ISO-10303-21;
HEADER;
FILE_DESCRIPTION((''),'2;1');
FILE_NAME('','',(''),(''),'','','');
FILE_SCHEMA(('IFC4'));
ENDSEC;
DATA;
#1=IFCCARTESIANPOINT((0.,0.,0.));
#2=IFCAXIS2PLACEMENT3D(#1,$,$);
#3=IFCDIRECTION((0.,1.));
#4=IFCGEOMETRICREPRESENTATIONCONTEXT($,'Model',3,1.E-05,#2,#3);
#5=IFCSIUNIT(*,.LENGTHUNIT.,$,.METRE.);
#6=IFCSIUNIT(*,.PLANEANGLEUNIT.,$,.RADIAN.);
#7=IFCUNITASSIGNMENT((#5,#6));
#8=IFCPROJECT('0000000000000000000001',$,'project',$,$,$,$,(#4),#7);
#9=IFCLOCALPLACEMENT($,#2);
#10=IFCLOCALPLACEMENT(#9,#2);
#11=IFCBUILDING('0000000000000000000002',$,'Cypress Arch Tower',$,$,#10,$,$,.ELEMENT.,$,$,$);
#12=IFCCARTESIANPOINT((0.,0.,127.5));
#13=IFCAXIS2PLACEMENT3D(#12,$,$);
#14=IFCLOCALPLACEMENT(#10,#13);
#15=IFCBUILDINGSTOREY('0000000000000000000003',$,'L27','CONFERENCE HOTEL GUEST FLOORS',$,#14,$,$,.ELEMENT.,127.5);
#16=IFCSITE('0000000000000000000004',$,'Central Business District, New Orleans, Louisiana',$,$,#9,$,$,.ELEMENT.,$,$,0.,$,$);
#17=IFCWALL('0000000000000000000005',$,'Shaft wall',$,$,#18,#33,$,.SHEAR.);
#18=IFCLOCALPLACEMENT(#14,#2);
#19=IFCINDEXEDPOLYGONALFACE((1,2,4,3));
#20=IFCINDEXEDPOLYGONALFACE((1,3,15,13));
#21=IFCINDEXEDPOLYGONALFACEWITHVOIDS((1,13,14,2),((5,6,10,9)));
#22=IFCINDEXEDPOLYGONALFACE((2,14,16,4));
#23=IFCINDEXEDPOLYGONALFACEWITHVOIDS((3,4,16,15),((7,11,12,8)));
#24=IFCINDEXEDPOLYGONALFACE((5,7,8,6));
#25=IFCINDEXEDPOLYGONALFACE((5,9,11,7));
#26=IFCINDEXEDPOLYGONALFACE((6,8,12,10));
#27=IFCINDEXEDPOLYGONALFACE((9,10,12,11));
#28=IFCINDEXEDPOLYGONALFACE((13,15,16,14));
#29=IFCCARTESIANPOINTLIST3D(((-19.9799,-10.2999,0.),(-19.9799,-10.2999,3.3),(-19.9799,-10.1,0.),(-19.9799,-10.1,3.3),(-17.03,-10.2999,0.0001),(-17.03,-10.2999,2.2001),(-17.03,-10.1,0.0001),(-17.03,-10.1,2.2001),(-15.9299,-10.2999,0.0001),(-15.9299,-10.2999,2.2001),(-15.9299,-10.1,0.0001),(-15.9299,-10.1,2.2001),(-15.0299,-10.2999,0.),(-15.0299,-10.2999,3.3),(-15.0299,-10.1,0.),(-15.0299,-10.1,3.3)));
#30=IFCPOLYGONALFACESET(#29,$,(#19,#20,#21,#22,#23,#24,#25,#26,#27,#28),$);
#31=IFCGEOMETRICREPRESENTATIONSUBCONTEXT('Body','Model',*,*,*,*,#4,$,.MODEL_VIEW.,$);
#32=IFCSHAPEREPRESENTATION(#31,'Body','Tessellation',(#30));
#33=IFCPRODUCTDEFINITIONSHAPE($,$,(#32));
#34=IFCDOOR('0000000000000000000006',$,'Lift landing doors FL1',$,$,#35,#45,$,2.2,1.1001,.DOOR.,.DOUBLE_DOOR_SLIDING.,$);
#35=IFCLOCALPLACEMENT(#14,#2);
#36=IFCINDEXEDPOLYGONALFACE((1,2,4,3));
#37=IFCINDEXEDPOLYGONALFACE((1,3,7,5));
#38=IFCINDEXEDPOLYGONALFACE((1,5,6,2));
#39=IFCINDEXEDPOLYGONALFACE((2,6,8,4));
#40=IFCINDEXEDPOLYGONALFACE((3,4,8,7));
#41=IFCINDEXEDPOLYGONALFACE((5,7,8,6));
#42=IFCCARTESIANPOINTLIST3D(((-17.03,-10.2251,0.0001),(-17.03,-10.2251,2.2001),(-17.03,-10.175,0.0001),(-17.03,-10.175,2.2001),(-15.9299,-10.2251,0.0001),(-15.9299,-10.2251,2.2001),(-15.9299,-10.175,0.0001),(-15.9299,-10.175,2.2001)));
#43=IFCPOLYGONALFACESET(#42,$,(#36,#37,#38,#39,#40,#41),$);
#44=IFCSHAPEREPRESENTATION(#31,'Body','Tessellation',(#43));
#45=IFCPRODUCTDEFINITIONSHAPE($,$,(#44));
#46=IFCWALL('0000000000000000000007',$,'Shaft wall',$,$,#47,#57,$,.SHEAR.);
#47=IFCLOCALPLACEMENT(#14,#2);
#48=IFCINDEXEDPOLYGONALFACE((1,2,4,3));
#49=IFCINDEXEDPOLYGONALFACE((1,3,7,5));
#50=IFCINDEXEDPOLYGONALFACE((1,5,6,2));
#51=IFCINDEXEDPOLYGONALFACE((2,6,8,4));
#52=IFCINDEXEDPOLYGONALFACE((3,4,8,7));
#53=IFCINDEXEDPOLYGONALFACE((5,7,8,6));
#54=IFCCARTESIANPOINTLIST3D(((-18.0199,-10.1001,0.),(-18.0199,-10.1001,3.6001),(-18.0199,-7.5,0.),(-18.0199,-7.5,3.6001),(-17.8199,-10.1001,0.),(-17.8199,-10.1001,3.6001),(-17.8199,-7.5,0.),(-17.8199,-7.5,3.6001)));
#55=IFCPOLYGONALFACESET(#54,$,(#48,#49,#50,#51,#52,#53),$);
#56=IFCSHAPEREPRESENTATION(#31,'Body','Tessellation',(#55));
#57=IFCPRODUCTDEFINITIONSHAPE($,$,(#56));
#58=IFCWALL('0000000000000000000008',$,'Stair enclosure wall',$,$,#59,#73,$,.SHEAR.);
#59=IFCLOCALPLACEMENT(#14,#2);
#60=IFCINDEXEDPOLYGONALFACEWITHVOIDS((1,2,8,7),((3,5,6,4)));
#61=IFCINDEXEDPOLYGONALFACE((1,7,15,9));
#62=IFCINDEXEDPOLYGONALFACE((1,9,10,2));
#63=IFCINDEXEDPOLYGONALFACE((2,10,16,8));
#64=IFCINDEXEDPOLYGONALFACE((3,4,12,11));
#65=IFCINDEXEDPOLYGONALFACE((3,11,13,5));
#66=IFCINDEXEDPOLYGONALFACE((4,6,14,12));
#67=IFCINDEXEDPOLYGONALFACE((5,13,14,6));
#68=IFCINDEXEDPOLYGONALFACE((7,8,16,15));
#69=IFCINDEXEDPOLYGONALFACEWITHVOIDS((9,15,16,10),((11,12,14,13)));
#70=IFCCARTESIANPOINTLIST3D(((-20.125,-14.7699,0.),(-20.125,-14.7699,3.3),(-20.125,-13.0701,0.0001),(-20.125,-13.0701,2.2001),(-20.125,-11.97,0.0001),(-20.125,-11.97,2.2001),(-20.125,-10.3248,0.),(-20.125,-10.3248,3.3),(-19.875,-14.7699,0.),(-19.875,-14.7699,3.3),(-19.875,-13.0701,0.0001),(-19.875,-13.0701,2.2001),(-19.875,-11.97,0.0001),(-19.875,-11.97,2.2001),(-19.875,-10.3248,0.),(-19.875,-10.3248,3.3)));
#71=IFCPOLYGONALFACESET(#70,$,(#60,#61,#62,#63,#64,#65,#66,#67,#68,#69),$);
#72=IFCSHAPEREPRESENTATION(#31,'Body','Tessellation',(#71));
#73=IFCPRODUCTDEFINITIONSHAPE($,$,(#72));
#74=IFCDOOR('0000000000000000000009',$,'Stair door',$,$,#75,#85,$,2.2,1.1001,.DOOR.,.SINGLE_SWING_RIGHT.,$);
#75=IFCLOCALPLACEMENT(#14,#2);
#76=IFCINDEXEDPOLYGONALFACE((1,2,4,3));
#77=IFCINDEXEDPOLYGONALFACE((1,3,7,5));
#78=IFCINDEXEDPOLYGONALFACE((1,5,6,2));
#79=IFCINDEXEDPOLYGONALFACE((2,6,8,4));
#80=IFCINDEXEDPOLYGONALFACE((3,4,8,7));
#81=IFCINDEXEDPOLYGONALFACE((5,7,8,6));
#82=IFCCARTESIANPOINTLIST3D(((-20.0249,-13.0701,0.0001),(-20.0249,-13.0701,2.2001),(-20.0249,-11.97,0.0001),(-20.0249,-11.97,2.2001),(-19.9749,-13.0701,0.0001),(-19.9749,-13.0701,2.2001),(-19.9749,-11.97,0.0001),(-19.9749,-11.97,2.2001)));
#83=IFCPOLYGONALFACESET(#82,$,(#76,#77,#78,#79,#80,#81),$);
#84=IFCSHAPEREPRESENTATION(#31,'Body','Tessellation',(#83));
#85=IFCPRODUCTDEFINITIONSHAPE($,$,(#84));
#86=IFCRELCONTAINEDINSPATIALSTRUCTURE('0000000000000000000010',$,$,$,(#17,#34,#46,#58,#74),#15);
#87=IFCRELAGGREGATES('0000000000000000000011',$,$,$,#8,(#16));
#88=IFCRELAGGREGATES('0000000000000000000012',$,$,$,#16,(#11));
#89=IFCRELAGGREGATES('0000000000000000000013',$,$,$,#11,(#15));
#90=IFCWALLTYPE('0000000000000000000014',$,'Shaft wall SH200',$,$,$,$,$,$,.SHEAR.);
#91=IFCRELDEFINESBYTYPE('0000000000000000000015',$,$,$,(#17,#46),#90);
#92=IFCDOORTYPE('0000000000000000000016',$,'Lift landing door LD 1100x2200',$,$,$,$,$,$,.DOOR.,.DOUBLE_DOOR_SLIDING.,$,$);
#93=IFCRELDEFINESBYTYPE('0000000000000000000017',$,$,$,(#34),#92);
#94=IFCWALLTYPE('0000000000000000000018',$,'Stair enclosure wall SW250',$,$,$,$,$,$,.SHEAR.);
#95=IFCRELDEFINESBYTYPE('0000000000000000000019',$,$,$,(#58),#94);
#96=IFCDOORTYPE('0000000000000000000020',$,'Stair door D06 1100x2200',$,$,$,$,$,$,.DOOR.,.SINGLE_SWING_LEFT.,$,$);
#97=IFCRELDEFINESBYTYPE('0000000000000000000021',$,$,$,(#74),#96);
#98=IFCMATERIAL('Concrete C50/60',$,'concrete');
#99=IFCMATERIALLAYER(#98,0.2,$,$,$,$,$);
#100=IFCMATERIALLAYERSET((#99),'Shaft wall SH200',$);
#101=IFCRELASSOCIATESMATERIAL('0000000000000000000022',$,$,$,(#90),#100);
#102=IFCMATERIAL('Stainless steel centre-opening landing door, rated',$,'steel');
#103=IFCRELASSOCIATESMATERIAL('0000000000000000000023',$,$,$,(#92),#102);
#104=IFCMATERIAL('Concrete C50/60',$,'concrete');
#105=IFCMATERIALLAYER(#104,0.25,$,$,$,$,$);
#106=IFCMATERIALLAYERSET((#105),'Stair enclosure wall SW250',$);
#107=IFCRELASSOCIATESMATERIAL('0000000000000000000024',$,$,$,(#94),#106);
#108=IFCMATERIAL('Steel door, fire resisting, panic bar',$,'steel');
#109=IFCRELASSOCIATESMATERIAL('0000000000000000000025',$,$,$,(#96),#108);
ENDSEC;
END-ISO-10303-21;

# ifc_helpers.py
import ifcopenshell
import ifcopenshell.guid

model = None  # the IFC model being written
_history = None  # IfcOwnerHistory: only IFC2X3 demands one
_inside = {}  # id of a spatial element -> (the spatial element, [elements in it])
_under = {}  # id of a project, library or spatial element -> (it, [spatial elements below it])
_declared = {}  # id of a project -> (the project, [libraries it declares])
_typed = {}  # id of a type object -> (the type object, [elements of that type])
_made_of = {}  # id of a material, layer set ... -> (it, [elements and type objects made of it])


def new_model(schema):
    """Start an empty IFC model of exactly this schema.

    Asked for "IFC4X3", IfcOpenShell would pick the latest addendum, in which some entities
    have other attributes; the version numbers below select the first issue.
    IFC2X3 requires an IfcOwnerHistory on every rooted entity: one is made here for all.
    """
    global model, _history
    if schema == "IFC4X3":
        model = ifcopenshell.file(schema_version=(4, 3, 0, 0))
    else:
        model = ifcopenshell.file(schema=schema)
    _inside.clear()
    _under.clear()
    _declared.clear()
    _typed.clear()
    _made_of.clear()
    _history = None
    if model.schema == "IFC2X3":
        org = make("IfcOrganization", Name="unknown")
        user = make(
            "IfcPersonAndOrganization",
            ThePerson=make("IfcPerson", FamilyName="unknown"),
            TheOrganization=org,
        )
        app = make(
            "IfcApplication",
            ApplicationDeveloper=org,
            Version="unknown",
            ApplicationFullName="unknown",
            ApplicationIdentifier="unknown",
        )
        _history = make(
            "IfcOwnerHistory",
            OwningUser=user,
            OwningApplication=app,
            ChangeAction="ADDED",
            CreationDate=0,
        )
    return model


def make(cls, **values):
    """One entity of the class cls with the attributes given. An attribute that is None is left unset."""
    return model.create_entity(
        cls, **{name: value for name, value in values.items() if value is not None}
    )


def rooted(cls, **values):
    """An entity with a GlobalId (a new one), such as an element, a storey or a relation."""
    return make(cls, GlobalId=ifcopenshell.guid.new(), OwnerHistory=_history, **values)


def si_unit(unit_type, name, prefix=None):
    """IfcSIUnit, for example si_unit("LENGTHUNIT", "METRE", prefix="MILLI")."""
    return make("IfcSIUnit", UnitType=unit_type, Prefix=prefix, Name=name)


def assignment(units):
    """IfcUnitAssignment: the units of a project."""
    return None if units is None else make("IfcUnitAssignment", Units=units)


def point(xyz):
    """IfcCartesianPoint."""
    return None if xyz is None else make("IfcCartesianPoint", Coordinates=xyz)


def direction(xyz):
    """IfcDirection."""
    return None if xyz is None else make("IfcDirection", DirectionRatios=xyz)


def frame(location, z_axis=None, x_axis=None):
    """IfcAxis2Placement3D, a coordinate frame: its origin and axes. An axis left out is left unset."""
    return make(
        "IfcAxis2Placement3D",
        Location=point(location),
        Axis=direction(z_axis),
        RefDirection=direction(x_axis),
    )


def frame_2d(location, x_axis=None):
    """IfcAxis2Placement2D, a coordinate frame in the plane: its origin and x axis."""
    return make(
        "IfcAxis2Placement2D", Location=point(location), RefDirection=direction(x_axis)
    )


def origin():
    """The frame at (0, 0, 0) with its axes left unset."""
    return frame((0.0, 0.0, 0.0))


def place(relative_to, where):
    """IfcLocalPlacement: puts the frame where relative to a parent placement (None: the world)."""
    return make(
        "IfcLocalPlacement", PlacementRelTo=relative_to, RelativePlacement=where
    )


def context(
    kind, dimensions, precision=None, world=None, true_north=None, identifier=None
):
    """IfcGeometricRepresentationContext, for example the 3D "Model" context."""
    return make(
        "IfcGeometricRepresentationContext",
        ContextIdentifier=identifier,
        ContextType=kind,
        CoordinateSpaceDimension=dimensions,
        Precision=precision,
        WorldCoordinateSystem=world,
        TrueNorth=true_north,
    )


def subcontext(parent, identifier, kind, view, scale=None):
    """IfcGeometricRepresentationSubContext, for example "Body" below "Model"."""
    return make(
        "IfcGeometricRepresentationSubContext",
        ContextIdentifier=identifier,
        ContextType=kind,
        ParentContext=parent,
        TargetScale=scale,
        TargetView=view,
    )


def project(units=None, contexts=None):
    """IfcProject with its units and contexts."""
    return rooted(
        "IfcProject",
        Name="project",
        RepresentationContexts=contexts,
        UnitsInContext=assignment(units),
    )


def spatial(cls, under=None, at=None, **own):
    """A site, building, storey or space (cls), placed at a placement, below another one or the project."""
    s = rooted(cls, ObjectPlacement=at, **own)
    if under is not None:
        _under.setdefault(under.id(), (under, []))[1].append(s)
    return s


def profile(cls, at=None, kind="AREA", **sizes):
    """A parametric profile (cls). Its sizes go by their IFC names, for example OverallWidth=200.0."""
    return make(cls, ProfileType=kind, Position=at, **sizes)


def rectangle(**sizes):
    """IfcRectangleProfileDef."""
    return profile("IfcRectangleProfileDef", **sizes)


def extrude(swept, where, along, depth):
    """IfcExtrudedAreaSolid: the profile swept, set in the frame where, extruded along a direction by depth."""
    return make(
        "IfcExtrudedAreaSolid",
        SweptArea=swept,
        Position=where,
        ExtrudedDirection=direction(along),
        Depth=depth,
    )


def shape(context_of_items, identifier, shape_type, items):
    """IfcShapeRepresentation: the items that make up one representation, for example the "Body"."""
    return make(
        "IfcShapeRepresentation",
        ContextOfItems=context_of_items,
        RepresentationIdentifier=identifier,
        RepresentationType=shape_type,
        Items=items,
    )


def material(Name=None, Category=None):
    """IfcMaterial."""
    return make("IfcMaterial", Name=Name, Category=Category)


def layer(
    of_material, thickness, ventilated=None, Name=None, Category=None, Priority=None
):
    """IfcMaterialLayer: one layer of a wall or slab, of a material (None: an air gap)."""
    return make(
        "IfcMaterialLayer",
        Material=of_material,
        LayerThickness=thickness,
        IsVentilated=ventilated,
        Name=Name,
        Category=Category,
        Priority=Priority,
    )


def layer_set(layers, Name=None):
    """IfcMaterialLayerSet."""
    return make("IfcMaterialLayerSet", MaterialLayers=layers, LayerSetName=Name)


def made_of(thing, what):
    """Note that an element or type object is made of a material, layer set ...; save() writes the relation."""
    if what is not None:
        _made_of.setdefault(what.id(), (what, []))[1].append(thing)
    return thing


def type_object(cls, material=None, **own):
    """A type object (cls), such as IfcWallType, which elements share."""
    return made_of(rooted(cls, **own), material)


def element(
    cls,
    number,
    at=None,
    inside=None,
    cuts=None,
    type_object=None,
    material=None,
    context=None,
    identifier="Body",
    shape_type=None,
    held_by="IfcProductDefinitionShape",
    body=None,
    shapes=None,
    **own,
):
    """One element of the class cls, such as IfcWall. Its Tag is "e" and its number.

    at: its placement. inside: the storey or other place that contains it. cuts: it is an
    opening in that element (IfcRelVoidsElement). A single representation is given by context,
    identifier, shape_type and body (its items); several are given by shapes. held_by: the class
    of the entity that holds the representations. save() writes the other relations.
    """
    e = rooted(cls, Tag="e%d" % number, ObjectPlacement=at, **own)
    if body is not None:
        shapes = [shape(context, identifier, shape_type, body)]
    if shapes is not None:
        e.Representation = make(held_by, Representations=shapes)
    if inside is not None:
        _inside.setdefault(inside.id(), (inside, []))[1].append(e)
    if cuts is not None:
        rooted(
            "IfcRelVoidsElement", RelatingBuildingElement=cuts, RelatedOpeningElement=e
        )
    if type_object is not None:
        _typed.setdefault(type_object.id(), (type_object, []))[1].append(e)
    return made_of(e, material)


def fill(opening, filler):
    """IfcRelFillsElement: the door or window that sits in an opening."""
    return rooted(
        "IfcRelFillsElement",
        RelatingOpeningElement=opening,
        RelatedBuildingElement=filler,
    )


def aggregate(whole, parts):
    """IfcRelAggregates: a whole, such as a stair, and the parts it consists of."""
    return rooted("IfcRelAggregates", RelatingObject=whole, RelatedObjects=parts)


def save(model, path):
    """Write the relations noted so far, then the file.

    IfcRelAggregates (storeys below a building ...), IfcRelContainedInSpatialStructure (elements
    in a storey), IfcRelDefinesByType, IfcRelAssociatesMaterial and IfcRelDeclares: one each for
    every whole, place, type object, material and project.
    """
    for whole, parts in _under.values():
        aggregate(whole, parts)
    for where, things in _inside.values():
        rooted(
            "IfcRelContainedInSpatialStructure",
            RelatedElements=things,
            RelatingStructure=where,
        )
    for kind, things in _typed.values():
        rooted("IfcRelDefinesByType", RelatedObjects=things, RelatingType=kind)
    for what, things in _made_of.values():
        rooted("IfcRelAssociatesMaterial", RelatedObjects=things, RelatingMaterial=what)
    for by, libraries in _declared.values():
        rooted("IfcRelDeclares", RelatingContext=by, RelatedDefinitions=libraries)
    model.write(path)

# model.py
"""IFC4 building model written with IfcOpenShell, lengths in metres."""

from ifc_helpers import new_model, si_unit, direction, frame, frame_2d, origin, place, context, subcontext, project, spatial, rectangle, extrude, material, layer, layer_set, type_object, element, fill, save


model = new_model("IFC4")

# Units and contexts
model_context = context("Model", 3, precision=1e-05, world=origin(), true_north=direction((0.0, 1.0)))
body_context = subcontext(model_context, "Body", "Model", "MODEL_VIEW")
ifc_project = project(units=[si_unit("LENGTHUNIT", "METRE"), si_unit("PLANEANGLEUNIT", "RADIAN")], contexts=[model_context])

# Site, building, storey
site_placement = place(None, origin())
site = spatial("IfcSite", under=ifc_project, at=site_placement, Name="Central Business District, New Orleans, Louisiana", CompositionType="ELEMENT", RefElevation=0.0)
building_placement = place(site_placement, origin())
building = spatial("IfcBuilding", under=site, at=building_placement, Name="Cypress Arch Tower", CompositionType="ELEMENT")
storey_placement = place(building_placement, frame((0.0, 0.0, 127.5)))
storey = spatial("IfcBuildingStorey", under=building, at=storey_placement, Name="L27", Description="CONFERENCE HOTEL GUEST FLOORS", CompositionType="ELEMENT", Elevation=127.5)

# Wall, opening, door
ifc_material_1 = material(Name="Concrete C50/60", Category="concrete")
ifc_layer_1 = layer(ifc_material_1, 0.2)
ifc_layer_set_1 = layer_set([ifc_layer_1], Name="Shaft wall SH200")
wall_type_1 = type_object("IfcWallType", Name="Shaft wall SH200", PredefinedType="SHEAR", material=ifc_layer_set_1)
wall_1_placement = place(storey_placement, frame((-19.98, -10.2, 0.0), z_axis=(0.0, 0.0, 1.0), x_axis=(1.0, 0.0, 0.0)))
wall_1 = element("IfcWall", 1, at=wall_1_placement, inside=storey, type_object=wall_type_1, Name="Shaft wall", PredefinedType="SHEAR", context=body_context, shape_type="SweptSolid", body=[
    extrude(rectangle(XDim=4.95, YDim=0.2, at=frame_2d((2.4751, 0.0))), origin(), (0.0, 0.0, 1.0), 3.3),
])
opening_1_placement = place(wall_1_placement, frame((2.95, 0.0, 0.0)))
opening_1 = element("IfcOpeningElement", 2, at=opening_1_placement, cuts=wall_1, PredefinedType="OPENING", context=body_context, shape_type="SweptSolid", body=[
    extrude(rectangle(XDim=1.1001, YDim=2.2, at=frame_2d((0.55, 1.1001))), frame((0.0, 0.1099, 0.0), z_axis=(0.0, -1.0, 0.0), x_axis=(1.0, 0.0, 0.0)), (0.0, 0.0, 1.0), 0.22),
])
ifc_material_2 = material(Name="Stainless steel centre-opening landing door, rated", Category="steel")
door_type_1 = type_object("IfcDoorType", Name="Lift landing door LD 1100x2200", OperationType="DOUBLE_DOOR_SLIDING", PredefinedType="DOOR", material=ifc_material_2)
door_1_placement = place(opening_1_placement, origin())
door_1 = element("IfcDoor", 3, at=door_1_placement, inside=storey, type_object=door_type_1, Name="Lift landing doors FL1", OperationType="DOUBLE_DOOR_SLIDING", OverallHeight=2.2, OverallWidth=1.1001, PredefinedType="DOOR", context=body_context, shape_type="SweptSolid", body=[
    extrude(rectangle(XDim=1.1001, YDim=2.2, at=frame_2d((0.55, 1.1001))), frame((0.0, 0.0249, 0.0), z_axis=(0.0, -1.0, 0.0), x_axis=(1.0, 0.0, 0.0)), (0.0, 0.0, 1.0), 0.05),
])
fill(opening_1, door_1)

# Wall
wall_2_placement = place(storey_placement, frame((-17.9199, -10.1001, 0.0), z_axis=(0.0, 0.0, 1.0), x_axis=(0.0, 1.0, 0.0)))
element("IfcWall", 4, at=wall_2_placement, inside=storey, type_object=wall_type_1, Name="Shaft wall", PredefinedType="SHEAR", context=body_context, shape_type="SweptSolid", body=[
    extrude(rectangle(XDim=2.6001, YDim=0.2, at=frame_2d((1.3, 0.0))), origin(), (0.0, 0.0, 1.0), 3.6001),
])

# Wall, opening, door
ifc_material_3 = material(Name="Concrete C50/60", Category="concrete")
ifc_layer_2 = layer(ifc_material_3, 0.25)
ifc_layer_set_2 = layer_set([ifc_layer_2], Name="Stair enclosure wall SW250")
wall_type_2 = type_object("IfcWallType", Name="Stair enclosure wall SW250", PredefinedType="SHEAR", material=ifc_layer_set_2)
wall_3_placement = place(storey_placement, frame((-20.0, -14.77, 0.0), z_axis=(0.0, 0.0, 1.0), x_axis=(0.0, 1.0, 0.0)))
wall_3 = element("IfcWall", 5, at=wall_3_placement, inside=storey, type_object=wall_type_2, Name="Stair enclosure wall", PredefinedType="SHEAR", context=body_context, shape_type="SweptSolid", body=[
    extrude(rectangle(XDim=4.4451, YDim=0.25, at=frame_2d((2.2227, 0.0))), origin(), (0.0, 0.0, 1.0), 3.3),
])
opening_2_placement = place(wall_3_placement, frame((1.7, 0.0, 0.0)))
opening_2 = element("IfcOpeningElement", 6, at=opening_2_placement, cuts=wall_3, PredefinedType="OPENING", context=body_context, shape_type="SweptSolid", body=[
    extrude(rectangle(XDim=1.1001, YDim=2.2, at=frame_2d((0.55, 1.1001))), frame((0.0, 0.135, 0.0), z_axis=(0.0, -1.0, 0.0), x_axis=(1.0, 0.0, 0.0)), (0.0, 0.0, 1.0), 0.27),
])
ifc_material_4 = material(Name="Steel door, fire resisting, panic bar", Category="steel")
door_type_2 = type_object("IfcDoorType", Name="Stair door D06 1100x2200", OperationType="SINGLE_SWING_LEFT", PredefinedType="DOOR", material=ifc_material_4)
door_2_placement = place(opening_2_placement, origin())
door_2 = element("IfcDoor", 7, at=door_2_placement, inside=storey, type_object=door_type_2, Name="Stair door", OperationType="SINGLE_SWING_RIGHT", OverallHeight=2.2, OverallWidth=1.1001, PredefinedType="DOOR", context=body_context, shape_type="SweptSolid", body=[
    extrude(rectangle(XDim=1.1001, YDim=2.2, at=frame_2d((0.55, 1.1001))), frame((0.0, 0.0249, 0.0), z_axis=(0.0, -1.0, 0.0), x_axis=(1.0, 0.0, 0.0)), (0.0, 0.0, 1.0), 0.05),
])
fill(opening_2, door_2)

save(model, "model.ifc")
